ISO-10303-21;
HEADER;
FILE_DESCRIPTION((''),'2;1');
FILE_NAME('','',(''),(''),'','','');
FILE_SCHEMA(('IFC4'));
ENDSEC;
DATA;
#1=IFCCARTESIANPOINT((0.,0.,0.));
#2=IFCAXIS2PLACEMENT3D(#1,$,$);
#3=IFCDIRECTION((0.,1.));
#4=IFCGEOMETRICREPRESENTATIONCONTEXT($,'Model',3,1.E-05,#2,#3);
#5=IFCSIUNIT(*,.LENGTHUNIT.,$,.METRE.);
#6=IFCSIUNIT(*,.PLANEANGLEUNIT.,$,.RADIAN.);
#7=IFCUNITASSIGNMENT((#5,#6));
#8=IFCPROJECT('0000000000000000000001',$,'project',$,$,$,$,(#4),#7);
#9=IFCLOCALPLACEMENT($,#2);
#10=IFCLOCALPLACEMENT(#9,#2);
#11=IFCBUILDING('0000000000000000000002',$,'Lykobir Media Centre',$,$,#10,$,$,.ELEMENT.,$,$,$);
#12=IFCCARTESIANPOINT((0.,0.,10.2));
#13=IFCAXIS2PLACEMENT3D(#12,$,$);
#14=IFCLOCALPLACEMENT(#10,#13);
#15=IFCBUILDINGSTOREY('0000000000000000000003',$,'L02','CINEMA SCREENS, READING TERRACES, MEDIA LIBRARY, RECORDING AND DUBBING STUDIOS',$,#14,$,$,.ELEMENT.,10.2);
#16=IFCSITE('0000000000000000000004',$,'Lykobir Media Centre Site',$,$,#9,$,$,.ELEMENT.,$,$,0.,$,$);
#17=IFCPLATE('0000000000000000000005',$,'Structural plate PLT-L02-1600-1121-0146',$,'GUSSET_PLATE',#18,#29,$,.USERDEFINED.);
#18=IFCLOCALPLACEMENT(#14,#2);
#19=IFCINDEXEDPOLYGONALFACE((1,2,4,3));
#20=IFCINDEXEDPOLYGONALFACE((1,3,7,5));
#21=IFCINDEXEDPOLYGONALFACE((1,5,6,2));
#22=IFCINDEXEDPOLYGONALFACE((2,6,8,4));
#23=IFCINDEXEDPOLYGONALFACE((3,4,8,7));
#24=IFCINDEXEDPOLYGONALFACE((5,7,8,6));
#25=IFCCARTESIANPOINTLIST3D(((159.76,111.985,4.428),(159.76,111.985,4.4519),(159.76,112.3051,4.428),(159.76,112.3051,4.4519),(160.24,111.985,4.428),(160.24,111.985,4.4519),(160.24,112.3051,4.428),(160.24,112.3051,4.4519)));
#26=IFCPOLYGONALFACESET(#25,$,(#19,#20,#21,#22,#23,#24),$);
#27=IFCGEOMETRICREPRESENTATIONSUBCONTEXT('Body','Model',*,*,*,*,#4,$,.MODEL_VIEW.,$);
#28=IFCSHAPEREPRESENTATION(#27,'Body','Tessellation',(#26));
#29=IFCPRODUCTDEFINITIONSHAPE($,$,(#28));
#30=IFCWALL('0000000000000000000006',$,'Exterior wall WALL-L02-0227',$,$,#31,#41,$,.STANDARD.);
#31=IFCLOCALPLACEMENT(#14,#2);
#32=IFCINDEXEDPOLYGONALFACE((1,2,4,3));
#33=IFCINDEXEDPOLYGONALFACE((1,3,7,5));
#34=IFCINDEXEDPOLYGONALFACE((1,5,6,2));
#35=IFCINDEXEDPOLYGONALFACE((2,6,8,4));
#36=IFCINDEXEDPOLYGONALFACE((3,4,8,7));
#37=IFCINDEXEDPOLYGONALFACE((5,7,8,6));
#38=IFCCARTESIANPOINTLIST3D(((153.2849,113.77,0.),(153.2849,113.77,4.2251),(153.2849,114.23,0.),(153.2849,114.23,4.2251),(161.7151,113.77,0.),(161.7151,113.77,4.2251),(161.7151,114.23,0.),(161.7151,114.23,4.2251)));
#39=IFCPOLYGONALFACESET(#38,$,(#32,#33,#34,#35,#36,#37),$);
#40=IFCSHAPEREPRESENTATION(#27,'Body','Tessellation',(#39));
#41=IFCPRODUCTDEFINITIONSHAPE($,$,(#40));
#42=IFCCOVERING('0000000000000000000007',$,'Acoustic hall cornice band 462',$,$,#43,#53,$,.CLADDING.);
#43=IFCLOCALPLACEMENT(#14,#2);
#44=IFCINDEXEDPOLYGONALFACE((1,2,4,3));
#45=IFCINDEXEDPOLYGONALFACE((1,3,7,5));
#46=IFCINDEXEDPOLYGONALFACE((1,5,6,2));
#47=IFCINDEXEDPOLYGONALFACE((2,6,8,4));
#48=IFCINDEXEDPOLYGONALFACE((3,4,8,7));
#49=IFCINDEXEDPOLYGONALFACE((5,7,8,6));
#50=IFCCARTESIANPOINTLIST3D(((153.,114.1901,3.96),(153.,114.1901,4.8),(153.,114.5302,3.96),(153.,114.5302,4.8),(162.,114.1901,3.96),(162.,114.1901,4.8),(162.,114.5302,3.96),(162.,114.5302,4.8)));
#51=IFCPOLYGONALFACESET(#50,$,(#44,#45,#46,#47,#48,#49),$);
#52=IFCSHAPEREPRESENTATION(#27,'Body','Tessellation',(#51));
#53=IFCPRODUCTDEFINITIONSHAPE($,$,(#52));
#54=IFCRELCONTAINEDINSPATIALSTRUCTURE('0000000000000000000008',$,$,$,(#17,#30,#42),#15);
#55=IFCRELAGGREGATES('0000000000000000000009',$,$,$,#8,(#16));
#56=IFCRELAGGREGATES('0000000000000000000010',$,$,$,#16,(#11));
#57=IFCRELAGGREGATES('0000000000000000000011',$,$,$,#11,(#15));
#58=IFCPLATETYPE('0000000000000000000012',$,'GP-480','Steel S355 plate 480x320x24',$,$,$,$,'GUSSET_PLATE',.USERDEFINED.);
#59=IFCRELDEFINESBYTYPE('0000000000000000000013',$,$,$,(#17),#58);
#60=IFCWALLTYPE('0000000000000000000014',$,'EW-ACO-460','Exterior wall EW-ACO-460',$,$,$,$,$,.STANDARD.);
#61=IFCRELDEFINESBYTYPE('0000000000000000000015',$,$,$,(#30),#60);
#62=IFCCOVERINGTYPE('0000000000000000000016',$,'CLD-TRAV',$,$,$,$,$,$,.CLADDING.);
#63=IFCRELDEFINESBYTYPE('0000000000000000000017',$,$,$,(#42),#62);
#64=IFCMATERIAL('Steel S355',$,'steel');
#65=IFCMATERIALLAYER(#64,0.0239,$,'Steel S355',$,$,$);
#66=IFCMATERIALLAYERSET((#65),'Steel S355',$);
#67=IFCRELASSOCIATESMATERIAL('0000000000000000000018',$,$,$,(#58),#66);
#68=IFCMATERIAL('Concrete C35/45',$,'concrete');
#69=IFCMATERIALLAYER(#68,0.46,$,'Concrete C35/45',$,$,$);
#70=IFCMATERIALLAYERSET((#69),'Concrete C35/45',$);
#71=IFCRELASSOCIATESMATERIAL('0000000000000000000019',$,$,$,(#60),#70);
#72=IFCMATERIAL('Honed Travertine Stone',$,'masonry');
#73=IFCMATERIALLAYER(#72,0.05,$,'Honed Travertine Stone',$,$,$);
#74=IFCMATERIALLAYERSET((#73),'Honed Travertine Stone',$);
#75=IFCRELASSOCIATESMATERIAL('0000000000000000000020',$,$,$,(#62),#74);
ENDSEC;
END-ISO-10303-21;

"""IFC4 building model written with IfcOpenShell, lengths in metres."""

from ifc_helpers import new_model, si_unit, direction, frame, frame_2d, origin, origin_2d, place, context, subcontext, project, spatial, rectangle, extrude, material, layer, layer_set, type_object, element, save


model = new_model("IFC4")

# Units and contexts
model_context = context("Model", 3, precision=1e-05, world=origin(), true_north=direction((0.0, 1.0)))
body_context = subcontext(model_context, "Body", "Model", "MODEL_VIEW")
ifc_project = project(units=[si_unit("LENGTHUNIT", "METRE"), si_unit("PLANEANGLEUNIT", "RADIAN")], contexts=[model_context])

# Site, building, storey
site_placement = place(None, origin())
site = spatial("IfcSite", under=ifc_project, at=site_placement, Name="Lykobir Media Centre Site", CompositionType="ELEMENT", RefElevation=0.0)
building_placement = place(site_placement, origin())
building = spatial("IfcBuilding", under=site, at=building_placement, Name="Lykobir Media Centre", CompositionType="ELEMENT")
storey_placement = place(building_placement, frame((0.0, 0.0, 10.2)))
storey = spatial("IfcBuildingStorey", under=building, at=storey_placement, Name="L02", Description="CINEMA SCREENS, READING TERRACES, MEDIA LIBRARY, RECORDING AND DUBBING STUDIOS", CompositionType="ELEMENT", Elevation=10.2)

# Shared definitions
ifc_material_1 = material(Name="Steel S355", Category="steel")

# Plate
ifc_layer_1 = layer(ifc_material_1, 0.0239, Name="Steel S355")
ifc_layer_set_1 = layer_set([ifc_layer_1], Name="Steel S355")
plate_type_1 = type_object("IfcPlateType", Name="GP-480", Description="Steel S355 plate 480x320x24", ElementType="GUSSET_PLATE", PredefinedType="USERDEFINED", material=ifc_layer_set_1)
plate_1_placement = place(storey_placement, frame((160.0, 112.145, 4.428), z_axis=(0.0, 0.0, 1.0), x_axis=(1.0, 0.0, 0.0)))
element("IfcPlate", 1, at=plate_1_placement, inside=storey, type_object=plate_type_1, Name="Structural plate PLT-L02-1600-1121-0146", ObjectType="GUSSET_PLATE", PredefinedType="USERDEFINED", context=body_context, shape_type="SweptSolid", body=[
    extrude(rectangle(XDim=0.48, YDim=0.3201, at=origin_2d()), origin(), (0.0, 0.0, 1.0), 0.0239),
])

# Wall
ifc_material_2 = material(Name="Concrete C35/45", Category="concrete")
ifc_layer_2 = layer(ifc_material_2, 0.46, Name="Concrete C35/45")
ifc_layer_set_2 = layer_set([ifc_layer_2], Name="Concrete C35/45")
wall_type = type_object("IfcWallType", Name="EW-ACO-460", Description="Exterior wall EW-ACO-460", PredefinedType="STANDARD", material=ifc_layer_set_2)
wall_placement = place(storey_placement, frame((161.7151, 114.0, 0.0), z_axis=(0.0, 0.0, 1.0), x_axis=(-1.0, 0.0, 0.0)))
element("IfcWall", 2, at=wall_placement, inside=storey, type_object=wall_type, Name="Exterior wall WALL-L02-0227", PredefinedType="STANDARD", context=body_context, shape_type="SweptSolid", body=[
    extrude(rectangle(XDim=8.4302, YDim=0.46, at=frame_2d((4.2151, 0.0))), origin(), (0.0, 0.0, 1.0), 4.2251),
])

# Covering
ifc_material_3 = material(Name="Honed Travertine Stone", Category="masonry")
ifc_layer_3 = layer(ifc_material_3, 0.05, Name="Honed Travertine Stone")
ifc_layer_set_3 = layer_set([ifc_layer_3], Name="Honed Travertine Stone")
covering_type = type_object("IfcCoveringType", Name="CLD-TRAV", PredefinedType="CLADDING", material=ifc_layer_set_3)
covering_placement = place(storey_placement, frame((157.5, 114.3601, 3.96), z_axis=(0.0, 0.0, 1.0), x_axis=(-1.0, 0.0, 0.0)))
element("IfcCovering", 3, at=covering_placement, inside=storey, type_object=covering_type, Name="Acoustic hall cornice band 462", PredefinedType="CLADDING", context=body_context, shape_type="SweptSolid", body=[
    extrude(rectangle(XDim=9.0, YDim=0.3401, at=origin_2d()), origin(), (0.0, 0.0, 1.0), 0.8401),
])

save(model, "model.ifc")
